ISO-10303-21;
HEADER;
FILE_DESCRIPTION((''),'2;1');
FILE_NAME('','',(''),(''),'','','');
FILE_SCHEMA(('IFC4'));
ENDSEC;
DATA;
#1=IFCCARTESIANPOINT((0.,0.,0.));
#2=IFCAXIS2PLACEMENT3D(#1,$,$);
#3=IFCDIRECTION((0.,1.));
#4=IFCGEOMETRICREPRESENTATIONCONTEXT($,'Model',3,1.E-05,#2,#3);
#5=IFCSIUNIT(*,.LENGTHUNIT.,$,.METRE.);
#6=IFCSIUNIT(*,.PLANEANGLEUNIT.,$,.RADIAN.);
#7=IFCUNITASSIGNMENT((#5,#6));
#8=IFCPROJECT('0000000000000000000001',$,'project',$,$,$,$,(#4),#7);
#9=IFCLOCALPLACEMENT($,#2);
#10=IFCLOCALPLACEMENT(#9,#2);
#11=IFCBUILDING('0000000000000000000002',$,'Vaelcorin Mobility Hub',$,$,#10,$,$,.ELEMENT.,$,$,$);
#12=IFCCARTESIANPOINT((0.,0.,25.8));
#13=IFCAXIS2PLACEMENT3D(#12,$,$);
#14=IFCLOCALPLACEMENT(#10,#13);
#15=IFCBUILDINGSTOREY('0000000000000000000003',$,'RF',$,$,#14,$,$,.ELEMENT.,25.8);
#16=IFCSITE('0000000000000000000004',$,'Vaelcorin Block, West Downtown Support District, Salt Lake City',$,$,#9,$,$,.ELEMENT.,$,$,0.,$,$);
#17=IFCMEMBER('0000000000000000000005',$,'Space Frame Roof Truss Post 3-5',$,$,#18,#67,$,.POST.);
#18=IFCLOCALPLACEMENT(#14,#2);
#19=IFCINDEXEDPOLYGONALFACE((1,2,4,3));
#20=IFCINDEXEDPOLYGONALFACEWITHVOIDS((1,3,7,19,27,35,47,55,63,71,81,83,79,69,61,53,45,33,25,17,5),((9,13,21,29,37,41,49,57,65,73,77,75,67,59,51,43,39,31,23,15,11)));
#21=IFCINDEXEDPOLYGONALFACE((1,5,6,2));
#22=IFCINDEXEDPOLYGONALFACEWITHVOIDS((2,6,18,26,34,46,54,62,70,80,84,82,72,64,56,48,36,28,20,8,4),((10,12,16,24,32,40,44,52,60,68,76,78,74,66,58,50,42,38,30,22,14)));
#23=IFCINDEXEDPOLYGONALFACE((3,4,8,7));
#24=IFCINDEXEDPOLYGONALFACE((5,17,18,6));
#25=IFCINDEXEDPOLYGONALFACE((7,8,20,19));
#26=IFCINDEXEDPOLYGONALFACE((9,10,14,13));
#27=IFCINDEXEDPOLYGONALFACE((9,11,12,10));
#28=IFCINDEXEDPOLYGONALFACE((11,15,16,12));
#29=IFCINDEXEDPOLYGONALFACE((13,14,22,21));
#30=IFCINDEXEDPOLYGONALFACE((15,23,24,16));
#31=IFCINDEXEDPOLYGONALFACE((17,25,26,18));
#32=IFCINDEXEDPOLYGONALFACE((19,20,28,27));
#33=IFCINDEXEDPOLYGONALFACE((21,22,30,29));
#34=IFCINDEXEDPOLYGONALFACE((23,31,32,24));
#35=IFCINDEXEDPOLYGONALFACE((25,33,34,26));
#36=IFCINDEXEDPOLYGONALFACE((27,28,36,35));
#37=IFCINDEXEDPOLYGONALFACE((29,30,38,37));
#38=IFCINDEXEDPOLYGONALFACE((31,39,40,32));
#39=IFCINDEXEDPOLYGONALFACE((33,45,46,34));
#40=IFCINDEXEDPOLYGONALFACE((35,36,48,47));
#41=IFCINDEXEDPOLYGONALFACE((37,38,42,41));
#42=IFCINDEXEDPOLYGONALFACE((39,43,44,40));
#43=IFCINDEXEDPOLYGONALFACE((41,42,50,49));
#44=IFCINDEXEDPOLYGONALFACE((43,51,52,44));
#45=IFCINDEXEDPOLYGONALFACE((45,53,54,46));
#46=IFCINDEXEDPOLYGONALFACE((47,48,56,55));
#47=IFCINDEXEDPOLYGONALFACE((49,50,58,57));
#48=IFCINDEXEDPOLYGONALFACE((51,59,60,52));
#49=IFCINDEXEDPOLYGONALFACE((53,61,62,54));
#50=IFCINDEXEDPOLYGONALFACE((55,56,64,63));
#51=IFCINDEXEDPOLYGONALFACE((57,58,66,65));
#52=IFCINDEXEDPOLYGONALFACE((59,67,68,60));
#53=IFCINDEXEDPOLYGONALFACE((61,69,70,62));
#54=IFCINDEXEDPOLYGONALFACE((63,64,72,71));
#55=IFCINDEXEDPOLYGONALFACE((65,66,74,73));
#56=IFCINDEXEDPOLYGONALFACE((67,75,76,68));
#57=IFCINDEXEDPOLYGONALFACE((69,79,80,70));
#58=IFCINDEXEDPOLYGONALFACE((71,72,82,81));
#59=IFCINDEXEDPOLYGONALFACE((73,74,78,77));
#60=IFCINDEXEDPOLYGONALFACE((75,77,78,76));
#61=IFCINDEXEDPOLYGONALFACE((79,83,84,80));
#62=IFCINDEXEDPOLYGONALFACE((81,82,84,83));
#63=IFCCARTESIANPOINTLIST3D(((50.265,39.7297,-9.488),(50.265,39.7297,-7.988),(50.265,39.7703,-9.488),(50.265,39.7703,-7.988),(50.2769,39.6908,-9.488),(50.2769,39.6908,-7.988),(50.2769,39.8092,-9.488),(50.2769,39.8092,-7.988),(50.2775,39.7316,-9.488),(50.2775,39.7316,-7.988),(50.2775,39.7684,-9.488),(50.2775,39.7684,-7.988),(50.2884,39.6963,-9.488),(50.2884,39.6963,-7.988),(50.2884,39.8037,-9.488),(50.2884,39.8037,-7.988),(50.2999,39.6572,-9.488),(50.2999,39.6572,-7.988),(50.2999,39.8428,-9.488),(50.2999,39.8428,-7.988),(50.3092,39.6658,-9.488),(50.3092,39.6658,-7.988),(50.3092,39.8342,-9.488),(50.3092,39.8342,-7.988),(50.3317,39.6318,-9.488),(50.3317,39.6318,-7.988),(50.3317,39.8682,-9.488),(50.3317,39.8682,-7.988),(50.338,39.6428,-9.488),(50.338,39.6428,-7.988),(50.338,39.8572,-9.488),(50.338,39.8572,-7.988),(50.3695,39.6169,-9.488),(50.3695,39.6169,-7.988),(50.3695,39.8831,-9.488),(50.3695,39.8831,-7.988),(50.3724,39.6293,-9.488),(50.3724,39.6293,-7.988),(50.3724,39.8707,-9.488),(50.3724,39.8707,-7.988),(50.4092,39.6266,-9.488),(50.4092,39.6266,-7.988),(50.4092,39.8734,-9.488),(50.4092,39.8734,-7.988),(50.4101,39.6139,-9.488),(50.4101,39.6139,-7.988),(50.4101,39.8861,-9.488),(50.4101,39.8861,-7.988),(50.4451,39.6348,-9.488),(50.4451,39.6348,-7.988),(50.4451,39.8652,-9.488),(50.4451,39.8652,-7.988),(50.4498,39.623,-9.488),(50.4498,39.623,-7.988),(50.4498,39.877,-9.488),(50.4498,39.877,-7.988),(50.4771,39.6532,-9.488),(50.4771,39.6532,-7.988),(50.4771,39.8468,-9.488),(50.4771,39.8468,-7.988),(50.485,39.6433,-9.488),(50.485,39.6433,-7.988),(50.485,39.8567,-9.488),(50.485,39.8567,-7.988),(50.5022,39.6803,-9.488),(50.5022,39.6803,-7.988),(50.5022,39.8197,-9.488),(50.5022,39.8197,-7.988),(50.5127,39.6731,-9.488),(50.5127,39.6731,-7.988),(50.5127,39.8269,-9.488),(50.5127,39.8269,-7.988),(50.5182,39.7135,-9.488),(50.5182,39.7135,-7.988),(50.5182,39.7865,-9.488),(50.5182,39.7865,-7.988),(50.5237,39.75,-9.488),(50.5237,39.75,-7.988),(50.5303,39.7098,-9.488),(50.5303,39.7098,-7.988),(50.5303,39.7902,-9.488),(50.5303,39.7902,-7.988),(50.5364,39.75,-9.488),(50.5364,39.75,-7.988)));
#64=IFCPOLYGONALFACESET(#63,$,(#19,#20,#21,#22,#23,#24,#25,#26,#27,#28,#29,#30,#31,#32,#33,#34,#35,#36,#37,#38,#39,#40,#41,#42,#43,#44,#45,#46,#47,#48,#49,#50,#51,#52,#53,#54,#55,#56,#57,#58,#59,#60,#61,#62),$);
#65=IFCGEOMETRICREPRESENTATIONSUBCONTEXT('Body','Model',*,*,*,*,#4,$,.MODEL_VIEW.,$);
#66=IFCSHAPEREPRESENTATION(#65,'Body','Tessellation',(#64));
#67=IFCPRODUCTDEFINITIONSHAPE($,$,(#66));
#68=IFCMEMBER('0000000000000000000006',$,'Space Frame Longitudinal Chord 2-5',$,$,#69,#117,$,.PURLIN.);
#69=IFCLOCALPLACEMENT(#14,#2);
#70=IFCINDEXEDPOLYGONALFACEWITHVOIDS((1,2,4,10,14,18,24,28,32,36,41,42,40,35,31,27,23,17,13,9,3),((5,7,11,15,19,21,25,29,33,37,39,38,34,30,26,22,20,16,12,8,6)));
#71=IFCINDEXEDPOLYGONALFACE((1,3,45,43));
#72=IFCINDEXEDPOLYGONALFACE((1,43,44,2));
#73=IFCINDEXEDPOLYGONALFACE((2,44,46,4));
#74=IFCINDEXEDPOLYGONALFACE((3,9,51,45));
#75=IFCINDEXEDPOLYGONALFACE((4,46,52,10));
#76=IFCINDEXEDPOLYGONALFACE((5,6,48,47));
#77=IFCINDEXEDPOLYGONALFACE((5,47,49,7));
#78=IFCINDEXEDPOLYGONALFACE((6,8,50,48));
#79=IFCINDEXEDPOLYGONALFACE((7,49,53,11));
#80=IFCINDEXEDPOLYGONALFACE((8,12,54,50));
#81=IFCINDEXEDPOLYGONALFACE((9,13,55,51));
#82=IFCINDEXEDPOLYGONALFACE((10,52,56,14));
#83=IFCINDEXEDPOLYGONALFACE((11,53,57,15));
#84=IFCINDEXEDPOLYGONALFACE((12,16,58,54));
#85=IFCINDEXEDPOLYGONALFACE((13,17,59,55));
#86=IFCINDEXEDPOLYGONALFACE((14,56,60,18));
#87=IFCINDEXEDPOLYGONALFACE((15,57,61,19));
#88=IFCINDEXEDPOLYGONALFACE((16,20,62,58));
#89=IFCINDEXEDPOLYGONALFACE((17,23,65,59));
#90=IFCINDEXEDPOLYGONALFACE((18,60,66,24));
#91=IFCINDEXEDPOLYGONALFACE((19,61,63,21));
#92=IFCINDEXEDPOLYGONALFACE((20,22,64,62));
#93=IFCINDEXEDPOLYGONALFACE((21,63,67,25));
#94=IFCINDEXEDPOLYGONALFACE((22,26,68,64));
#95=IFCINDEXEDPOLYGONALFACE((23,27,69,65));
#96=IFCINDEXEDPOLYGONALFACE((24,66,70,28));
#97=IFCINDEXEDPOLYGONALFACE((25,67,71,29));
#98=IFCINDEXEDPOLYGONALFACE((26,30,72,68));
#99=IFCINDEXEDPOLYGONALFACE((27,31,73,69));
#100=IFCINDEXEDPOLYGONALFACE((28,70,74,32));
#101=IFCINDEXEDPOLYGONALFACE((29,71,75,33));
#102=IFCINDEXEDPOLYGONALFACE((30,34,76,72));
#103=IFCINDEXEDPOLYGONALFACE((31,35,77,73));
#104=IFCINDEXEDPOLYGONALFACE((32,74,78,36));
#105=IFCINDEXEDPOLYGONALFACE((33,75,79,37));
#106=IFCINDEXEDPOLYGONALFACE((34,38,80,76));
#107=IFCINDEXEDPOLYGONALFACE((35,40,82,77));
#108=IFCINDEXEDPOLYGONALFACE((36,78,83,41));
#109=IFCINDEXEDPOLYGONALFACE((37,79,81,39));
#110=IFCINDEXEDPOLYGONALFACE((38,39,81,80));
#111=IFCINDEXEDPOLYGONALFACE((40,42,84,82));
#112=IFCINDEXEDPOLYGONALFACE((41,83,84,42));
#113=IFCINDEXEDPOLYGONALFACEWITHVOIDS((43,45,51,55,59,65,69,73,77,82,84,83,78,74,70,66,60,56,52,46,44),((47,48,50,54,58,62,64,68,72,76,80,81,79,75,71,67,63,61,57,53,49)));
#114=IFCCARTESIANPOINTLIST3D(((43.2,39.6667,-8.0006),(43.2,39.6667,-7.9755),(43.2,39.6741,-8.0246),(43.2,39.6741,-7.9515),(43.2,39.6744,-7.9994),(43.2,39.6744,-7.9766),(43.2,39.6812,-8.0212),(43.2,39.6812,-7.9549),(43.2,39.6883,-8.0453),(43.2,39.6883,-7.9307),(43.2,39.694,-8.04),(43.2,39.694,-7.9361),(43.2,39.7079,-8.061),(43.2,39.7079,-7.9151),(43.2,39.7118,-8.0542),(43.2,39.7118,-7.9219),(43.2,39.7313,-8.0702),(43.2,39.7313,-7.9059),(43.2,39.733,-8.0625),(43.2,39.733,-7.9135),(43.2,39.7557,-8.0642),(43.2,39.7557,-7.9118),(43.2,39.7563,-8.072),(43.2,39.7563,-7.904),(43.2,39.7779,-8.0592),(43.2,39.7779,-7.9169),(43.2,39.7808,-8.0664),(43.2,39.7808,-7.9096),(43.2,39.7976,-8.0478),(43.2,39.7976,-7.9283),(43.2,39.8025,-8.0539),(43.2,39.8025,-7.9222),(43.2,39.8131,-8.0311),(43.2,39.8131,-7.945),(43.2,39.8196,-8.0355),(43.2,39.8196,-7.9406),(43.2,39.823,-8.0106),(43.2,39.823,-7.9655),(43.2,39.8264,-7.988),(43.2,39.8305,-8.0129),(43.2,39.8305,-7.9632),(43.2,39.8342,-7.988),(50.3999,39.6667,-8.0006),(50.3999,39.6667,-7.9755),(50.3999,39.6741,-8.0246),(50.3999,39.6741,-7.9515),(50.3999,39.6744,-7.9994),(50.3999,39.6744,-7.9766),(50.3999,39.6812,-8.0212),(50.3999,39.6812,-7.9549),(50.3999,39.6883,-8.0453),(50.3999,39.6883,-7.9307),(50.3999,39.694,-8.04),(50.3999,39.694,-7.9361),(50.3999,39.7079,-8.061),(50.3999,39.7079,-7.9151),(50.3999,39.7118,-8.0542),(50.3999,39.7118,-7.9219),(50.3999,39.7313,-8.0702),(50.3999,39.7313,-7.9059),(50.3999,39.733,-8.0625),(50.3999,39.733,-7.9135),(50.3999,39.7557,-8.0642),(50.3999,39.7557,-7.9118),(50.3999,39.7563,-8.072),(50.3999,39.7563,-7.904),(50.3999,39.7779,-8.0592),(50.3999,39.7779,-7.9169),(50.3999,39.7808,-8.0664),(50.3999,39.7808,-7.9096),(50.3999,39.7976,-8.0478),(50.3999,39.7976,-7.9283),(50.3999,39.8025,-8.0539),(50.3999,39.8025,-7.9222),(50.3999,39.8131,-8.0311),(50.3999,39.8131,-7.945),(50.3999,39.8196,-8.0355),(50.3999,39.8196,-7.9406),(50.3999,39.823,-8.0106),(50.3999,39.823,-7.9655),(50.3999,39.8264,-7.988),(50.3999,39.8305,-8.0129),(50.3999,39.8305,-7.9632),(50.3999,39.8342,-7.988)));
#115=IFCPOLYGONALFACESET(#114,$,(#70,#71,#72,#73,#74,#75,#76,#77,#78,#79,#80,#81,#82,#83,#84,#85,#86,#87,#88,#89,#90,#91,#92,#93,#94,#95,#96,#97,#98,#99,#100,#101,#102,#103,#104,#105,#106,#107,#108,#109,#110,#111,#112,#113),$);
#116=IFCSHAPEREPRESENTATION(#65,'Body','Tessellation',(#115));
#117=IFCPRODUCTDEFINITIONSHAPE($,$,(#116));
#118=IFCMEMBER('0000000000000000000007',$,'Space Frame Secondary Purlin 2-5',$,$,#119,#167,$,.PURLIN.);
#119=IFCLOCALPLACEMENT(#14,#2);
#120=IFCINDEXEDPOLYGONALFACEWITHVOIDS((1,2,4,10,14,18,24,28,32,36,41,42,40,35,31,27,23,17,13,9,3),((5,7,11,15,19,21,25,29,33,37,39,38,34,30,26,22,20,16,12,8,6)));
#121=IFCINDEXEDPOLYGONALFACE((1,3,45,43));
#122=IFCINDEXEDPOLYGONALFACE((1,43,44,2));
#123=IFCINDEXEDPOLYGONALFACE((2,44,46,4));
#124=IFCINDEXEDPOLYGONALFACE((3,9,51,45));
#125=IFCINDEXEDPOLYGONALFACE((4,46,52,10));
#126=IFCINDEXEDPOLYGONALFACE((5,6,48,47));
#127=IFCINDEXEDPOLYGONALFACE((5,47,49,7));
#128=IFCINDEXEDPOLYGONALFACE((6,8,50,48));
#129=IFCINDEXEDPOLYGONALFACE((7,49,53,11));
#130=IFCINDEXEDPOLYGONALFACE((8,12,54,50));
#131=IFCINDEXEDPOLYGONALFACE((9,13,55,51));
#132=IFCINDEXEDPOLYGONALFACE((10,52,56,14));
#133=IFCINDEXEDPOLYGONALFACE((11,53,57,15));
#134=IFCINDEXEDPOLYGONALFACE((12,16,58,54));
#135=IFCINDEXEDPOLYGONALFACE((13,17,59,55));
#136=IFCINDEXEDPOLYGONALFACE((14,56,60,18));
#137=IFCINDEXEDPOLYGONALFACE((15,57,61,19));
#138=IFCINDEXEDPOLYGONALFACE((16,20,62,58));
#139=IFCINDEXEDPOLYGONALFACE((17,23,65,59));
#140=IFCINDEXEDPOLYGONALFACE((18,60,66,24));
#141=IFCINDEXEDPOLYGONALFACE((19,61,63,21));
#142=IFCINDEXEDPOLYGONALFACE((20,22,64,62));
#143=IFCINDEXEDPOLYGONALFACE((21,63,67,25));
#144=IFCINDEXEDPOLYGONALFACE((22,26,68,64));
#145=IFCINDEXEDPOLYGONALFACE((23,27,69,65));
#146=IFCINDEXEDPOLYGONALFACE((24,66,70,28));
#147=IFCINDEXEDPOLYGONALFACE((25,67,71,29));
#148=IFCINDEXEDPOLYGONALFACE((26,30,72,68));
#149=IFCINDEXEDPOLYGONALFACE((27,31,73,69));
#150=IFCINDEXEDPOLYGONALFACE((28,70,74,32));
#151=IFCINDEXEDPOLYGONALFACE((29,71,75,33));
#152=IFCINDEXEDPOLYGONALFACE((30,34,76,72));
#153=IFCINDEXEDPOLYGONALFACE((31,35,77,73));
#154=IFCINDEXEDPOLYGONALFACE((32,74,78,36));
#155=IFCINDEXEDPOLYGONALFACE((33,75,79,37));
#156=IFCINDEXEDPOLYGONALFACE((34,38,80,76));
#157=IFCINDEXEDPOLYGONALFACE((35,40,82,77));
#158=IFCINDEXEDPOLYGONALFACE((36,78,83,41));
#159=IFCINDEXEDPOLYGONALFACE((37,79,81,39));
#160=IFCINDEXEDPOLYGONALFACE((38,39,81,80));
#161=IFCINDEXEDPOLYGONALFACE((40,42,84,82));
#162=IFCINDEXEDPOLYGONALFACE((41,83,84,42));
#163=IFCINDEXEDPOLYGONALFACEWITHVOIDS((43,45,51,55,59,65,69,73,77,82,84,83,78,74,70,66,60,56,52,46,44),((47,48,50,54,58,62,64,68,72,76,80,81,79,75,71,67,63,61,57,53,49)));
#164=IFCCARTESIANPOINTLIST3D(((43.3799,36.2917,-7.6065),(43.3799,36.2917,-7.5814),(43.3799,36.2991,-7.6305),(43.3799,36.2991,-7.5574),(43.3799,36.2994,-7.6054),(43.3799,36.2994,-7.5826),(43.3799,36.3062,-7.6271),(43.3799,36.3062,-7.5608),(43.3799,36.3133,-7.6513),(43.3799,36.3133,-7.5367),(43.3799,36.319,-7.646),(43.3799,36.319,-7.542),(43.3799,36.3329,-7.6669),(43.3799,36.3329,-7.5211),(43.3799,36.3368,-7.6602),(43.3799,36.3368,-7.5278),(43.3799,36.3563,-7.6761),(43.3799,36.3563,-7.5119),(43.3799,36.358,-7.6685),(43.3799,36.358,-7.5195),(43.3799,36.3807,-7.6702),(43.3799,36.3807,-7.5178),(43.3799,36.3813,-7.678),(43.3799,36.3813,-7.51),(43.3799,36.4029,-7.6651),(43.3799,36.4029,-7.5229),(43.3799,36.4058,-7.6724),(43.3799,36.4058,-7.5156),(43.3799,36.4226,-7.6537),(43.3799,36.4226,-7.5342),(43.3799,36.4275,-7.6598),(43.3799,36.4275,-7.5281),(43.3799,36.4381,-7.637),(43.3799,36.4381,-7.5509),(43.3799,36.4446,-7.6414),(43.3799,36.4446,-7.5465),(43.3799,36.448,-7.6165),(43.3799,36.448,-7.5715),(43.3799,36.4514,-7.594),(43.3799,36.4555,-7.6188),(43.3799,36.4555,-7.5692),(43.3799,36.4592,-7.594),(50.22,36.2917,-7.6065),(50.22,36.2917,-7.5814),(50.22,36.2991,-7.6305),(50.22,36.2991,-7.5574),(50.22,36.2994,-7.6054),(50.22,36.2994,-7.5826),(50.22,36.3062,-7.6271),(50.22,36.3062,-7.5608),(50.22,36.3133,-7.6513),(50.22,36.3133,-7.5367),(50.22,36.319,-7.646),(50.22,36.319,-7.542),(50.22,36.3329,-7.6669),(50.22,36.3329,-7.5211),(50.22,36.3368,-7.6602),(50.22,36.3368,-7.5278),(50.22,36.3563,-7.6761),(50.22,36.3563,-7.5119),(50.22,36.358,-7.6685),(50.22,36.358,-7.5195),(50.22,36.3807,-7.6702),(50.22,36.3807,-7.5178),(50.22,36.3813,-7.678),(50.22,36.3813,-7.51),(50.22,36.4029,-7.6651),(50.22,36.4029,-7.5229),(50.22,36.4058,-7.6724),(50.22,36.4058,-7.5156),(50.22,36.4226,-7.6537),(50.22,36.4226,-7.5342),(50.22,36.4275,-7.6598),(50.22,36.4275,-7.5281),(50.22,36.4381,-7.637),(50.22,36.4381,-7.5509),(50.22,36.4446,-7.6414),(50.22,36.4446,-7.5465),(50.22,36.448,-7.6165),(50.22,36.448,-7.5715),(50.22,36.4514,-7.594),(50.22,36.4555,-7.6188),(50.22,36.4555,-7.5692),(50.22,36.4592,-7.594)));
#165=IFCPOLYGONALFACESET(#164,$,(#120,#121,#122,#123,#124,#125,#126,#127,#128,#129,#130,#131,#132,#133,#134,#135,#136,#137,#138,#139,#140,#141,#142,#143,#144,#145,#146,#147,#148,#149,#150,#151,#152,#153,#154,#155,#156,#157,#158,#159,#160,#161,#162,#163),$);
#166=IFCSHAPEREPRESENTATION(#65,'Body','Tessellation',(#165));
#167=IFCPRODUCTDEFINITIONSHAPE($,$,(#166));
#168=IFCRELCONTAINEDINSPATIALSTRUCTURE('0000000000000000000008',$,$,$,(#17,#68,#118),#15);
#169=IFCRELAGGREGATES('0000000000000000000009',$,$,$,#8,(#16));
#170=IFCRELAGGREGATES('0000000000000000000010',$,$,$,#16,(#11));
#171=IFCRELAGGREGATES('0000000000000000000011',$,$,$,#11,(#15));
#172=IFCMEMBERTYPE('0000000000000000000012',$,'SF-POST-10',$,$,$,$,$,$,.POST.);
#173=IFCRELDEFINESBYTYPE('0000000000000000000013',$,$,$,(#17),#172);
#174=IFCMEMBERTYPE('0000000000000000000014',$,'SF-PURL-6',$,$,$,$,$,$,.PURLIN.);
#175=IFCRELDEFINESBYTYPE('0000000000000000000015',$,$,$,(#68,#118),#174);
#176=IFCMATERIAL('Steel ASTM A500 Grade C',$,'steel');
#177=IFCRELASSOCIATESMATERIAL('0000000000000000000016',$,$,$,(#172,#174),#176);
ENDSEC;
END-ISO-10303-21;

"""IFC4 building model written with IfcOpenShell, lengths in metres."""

from ifc_helpers import new_model, si_unit, direction, frame, origin, origin_2d, place, context, subcontext, project, spatial, hollow_circle, extrude, material, material_profile, profile_set, type_object, element, save


model = new_model("IFC4")

# Units and contexts
model_context = context("Model", 3, precision=1e-05, world=origin(), true_north=direction((0.0, 1.0)))
body_context = subcontext(model_context, "Body", "Model", "MODEL_VIEW")
ifc_project = project(units=[si_unit("LENGTHUNIT", "METRE"), si_unit("PLANEANGLEUNIT", "RADIAN")], contexts=[model_context])

# Site, building, storey
site_placement = place(None, origin())
site = spatial("IfcSite", under=ifc_project, at=site_placement, Name="Vaelcorin Block, West Downtown Support District, Salt Lake City", CompositionType="ELEMENT", RefElevation=0.0)
building_placement = place(site_placement, origin())
building = spatial("IfcBuilding", under=site, at=building_placement, Name="Vaelcorin Mobility Hub", CompositionType="ELEMENT")
storey_placement = place(building_placement, frame((0.0, 0.0, 25.8)))
storey = spatial("IfcBuildingStorey", under=building, at=storey_placement, Name="RF", CompositionType="ELEMENT", Elevation=25.8)

# Members
ifc_material_1 = material(Name="Steel ASTM A500 Grade C", Category="steel")
ifc_material_profile_1 = material_profile(ifc_material_1, hollow_circle(Radius=0.1365, WallThickness=0.0127, at=origin_2d()), Name="HSS10.750X0.500")
ifc_profile_set_1 = profile_set([ifc_material_profile_1], Name="Steel ASTM A500 Grade C")
member_type_1 = type_object("IfcMemberType", Name="SF-POST-10", PredefinedType="POST", material=ifc_profile_set_1)
for number, where, z_axis, x_axis, name in (
    (1, (50.3999, 39.75, -9.488), (0.0, 0.0, 1.0), (1.0, 0.0, 0.0), "Space Frame Roof Truss Post 3-5"),
):
    element("IfcMember", number, at=place(storey_placement, frame(where, z_axis=z_axis, x_axis=x_axis)), inside=storey, type_object=member_type_1, Name=name, PredefinedType="POST", context=body_context, shape_type="SweptSolid", body=[
        extrude(hollow_circle(Radius=0.1365, WallThickness=0.0127, at=origin_2d()), origin(), (0.0, 0.0, 1.0), 1.5),
    ])
ifc_material_profile_2 = material_profile(ifc_material_1, hollow_circle(Radius=0.0842, WallThickness=0.0078, at=origin_2d()), Name="HSS6.625X0.312")
ifc_profile_set_2 = profile_set([ifc_material_profile_2], Name="Steel ASTM A500 Grade C")
member_type_2 = type_object("IfcMemberType", Name="SF-PURL-6", PredefinedType="PURLIN", material=ifc_profile_set_2)
member_1_placement = place(storey_placement, frame((43.2, 39.75, -7.988), z_axis=(1.0, 0.0, 0.0), x_axis=(0.0, 1.0, 0.0)))
element("IfcMember", 2, at=member_1_placement, inside=storey, type_object=member_type_2, Name="Space Frame Longitudinal Chord 2-5", PredefinedType="PURLIN", context=body_context, shape_type="SweptSolid", body=[
    extrude(hollow_circle(Radius=0.0842, WallThickness=0.0078, at=origin_2d()), origin(), (0.0, 0.0, 1.0), 7.2),
])
member_2_placement = place(storey_placement, frame((43.3799, 36.375, -7.594), z_axis=(1.0, 0.0, 0.0), x_axis=(0.0, 1.0, 0.0)))
element("IfcMember", 3, at=member_2_placement, inside=storey, type_object=member_type_2, Name="Space Frame Secondary Purlin 2-5", PredefinedType="PURLIN", context=body_context, shape_type="SweptSolid", body=[
    extrude(hollow_circle(Radius=0.0842, WallThickness=0.0078, at=origin_2d()), origin(), (0.0, 0.0, 1.0), 6.8401),
])

save(model, "model.ifc")
